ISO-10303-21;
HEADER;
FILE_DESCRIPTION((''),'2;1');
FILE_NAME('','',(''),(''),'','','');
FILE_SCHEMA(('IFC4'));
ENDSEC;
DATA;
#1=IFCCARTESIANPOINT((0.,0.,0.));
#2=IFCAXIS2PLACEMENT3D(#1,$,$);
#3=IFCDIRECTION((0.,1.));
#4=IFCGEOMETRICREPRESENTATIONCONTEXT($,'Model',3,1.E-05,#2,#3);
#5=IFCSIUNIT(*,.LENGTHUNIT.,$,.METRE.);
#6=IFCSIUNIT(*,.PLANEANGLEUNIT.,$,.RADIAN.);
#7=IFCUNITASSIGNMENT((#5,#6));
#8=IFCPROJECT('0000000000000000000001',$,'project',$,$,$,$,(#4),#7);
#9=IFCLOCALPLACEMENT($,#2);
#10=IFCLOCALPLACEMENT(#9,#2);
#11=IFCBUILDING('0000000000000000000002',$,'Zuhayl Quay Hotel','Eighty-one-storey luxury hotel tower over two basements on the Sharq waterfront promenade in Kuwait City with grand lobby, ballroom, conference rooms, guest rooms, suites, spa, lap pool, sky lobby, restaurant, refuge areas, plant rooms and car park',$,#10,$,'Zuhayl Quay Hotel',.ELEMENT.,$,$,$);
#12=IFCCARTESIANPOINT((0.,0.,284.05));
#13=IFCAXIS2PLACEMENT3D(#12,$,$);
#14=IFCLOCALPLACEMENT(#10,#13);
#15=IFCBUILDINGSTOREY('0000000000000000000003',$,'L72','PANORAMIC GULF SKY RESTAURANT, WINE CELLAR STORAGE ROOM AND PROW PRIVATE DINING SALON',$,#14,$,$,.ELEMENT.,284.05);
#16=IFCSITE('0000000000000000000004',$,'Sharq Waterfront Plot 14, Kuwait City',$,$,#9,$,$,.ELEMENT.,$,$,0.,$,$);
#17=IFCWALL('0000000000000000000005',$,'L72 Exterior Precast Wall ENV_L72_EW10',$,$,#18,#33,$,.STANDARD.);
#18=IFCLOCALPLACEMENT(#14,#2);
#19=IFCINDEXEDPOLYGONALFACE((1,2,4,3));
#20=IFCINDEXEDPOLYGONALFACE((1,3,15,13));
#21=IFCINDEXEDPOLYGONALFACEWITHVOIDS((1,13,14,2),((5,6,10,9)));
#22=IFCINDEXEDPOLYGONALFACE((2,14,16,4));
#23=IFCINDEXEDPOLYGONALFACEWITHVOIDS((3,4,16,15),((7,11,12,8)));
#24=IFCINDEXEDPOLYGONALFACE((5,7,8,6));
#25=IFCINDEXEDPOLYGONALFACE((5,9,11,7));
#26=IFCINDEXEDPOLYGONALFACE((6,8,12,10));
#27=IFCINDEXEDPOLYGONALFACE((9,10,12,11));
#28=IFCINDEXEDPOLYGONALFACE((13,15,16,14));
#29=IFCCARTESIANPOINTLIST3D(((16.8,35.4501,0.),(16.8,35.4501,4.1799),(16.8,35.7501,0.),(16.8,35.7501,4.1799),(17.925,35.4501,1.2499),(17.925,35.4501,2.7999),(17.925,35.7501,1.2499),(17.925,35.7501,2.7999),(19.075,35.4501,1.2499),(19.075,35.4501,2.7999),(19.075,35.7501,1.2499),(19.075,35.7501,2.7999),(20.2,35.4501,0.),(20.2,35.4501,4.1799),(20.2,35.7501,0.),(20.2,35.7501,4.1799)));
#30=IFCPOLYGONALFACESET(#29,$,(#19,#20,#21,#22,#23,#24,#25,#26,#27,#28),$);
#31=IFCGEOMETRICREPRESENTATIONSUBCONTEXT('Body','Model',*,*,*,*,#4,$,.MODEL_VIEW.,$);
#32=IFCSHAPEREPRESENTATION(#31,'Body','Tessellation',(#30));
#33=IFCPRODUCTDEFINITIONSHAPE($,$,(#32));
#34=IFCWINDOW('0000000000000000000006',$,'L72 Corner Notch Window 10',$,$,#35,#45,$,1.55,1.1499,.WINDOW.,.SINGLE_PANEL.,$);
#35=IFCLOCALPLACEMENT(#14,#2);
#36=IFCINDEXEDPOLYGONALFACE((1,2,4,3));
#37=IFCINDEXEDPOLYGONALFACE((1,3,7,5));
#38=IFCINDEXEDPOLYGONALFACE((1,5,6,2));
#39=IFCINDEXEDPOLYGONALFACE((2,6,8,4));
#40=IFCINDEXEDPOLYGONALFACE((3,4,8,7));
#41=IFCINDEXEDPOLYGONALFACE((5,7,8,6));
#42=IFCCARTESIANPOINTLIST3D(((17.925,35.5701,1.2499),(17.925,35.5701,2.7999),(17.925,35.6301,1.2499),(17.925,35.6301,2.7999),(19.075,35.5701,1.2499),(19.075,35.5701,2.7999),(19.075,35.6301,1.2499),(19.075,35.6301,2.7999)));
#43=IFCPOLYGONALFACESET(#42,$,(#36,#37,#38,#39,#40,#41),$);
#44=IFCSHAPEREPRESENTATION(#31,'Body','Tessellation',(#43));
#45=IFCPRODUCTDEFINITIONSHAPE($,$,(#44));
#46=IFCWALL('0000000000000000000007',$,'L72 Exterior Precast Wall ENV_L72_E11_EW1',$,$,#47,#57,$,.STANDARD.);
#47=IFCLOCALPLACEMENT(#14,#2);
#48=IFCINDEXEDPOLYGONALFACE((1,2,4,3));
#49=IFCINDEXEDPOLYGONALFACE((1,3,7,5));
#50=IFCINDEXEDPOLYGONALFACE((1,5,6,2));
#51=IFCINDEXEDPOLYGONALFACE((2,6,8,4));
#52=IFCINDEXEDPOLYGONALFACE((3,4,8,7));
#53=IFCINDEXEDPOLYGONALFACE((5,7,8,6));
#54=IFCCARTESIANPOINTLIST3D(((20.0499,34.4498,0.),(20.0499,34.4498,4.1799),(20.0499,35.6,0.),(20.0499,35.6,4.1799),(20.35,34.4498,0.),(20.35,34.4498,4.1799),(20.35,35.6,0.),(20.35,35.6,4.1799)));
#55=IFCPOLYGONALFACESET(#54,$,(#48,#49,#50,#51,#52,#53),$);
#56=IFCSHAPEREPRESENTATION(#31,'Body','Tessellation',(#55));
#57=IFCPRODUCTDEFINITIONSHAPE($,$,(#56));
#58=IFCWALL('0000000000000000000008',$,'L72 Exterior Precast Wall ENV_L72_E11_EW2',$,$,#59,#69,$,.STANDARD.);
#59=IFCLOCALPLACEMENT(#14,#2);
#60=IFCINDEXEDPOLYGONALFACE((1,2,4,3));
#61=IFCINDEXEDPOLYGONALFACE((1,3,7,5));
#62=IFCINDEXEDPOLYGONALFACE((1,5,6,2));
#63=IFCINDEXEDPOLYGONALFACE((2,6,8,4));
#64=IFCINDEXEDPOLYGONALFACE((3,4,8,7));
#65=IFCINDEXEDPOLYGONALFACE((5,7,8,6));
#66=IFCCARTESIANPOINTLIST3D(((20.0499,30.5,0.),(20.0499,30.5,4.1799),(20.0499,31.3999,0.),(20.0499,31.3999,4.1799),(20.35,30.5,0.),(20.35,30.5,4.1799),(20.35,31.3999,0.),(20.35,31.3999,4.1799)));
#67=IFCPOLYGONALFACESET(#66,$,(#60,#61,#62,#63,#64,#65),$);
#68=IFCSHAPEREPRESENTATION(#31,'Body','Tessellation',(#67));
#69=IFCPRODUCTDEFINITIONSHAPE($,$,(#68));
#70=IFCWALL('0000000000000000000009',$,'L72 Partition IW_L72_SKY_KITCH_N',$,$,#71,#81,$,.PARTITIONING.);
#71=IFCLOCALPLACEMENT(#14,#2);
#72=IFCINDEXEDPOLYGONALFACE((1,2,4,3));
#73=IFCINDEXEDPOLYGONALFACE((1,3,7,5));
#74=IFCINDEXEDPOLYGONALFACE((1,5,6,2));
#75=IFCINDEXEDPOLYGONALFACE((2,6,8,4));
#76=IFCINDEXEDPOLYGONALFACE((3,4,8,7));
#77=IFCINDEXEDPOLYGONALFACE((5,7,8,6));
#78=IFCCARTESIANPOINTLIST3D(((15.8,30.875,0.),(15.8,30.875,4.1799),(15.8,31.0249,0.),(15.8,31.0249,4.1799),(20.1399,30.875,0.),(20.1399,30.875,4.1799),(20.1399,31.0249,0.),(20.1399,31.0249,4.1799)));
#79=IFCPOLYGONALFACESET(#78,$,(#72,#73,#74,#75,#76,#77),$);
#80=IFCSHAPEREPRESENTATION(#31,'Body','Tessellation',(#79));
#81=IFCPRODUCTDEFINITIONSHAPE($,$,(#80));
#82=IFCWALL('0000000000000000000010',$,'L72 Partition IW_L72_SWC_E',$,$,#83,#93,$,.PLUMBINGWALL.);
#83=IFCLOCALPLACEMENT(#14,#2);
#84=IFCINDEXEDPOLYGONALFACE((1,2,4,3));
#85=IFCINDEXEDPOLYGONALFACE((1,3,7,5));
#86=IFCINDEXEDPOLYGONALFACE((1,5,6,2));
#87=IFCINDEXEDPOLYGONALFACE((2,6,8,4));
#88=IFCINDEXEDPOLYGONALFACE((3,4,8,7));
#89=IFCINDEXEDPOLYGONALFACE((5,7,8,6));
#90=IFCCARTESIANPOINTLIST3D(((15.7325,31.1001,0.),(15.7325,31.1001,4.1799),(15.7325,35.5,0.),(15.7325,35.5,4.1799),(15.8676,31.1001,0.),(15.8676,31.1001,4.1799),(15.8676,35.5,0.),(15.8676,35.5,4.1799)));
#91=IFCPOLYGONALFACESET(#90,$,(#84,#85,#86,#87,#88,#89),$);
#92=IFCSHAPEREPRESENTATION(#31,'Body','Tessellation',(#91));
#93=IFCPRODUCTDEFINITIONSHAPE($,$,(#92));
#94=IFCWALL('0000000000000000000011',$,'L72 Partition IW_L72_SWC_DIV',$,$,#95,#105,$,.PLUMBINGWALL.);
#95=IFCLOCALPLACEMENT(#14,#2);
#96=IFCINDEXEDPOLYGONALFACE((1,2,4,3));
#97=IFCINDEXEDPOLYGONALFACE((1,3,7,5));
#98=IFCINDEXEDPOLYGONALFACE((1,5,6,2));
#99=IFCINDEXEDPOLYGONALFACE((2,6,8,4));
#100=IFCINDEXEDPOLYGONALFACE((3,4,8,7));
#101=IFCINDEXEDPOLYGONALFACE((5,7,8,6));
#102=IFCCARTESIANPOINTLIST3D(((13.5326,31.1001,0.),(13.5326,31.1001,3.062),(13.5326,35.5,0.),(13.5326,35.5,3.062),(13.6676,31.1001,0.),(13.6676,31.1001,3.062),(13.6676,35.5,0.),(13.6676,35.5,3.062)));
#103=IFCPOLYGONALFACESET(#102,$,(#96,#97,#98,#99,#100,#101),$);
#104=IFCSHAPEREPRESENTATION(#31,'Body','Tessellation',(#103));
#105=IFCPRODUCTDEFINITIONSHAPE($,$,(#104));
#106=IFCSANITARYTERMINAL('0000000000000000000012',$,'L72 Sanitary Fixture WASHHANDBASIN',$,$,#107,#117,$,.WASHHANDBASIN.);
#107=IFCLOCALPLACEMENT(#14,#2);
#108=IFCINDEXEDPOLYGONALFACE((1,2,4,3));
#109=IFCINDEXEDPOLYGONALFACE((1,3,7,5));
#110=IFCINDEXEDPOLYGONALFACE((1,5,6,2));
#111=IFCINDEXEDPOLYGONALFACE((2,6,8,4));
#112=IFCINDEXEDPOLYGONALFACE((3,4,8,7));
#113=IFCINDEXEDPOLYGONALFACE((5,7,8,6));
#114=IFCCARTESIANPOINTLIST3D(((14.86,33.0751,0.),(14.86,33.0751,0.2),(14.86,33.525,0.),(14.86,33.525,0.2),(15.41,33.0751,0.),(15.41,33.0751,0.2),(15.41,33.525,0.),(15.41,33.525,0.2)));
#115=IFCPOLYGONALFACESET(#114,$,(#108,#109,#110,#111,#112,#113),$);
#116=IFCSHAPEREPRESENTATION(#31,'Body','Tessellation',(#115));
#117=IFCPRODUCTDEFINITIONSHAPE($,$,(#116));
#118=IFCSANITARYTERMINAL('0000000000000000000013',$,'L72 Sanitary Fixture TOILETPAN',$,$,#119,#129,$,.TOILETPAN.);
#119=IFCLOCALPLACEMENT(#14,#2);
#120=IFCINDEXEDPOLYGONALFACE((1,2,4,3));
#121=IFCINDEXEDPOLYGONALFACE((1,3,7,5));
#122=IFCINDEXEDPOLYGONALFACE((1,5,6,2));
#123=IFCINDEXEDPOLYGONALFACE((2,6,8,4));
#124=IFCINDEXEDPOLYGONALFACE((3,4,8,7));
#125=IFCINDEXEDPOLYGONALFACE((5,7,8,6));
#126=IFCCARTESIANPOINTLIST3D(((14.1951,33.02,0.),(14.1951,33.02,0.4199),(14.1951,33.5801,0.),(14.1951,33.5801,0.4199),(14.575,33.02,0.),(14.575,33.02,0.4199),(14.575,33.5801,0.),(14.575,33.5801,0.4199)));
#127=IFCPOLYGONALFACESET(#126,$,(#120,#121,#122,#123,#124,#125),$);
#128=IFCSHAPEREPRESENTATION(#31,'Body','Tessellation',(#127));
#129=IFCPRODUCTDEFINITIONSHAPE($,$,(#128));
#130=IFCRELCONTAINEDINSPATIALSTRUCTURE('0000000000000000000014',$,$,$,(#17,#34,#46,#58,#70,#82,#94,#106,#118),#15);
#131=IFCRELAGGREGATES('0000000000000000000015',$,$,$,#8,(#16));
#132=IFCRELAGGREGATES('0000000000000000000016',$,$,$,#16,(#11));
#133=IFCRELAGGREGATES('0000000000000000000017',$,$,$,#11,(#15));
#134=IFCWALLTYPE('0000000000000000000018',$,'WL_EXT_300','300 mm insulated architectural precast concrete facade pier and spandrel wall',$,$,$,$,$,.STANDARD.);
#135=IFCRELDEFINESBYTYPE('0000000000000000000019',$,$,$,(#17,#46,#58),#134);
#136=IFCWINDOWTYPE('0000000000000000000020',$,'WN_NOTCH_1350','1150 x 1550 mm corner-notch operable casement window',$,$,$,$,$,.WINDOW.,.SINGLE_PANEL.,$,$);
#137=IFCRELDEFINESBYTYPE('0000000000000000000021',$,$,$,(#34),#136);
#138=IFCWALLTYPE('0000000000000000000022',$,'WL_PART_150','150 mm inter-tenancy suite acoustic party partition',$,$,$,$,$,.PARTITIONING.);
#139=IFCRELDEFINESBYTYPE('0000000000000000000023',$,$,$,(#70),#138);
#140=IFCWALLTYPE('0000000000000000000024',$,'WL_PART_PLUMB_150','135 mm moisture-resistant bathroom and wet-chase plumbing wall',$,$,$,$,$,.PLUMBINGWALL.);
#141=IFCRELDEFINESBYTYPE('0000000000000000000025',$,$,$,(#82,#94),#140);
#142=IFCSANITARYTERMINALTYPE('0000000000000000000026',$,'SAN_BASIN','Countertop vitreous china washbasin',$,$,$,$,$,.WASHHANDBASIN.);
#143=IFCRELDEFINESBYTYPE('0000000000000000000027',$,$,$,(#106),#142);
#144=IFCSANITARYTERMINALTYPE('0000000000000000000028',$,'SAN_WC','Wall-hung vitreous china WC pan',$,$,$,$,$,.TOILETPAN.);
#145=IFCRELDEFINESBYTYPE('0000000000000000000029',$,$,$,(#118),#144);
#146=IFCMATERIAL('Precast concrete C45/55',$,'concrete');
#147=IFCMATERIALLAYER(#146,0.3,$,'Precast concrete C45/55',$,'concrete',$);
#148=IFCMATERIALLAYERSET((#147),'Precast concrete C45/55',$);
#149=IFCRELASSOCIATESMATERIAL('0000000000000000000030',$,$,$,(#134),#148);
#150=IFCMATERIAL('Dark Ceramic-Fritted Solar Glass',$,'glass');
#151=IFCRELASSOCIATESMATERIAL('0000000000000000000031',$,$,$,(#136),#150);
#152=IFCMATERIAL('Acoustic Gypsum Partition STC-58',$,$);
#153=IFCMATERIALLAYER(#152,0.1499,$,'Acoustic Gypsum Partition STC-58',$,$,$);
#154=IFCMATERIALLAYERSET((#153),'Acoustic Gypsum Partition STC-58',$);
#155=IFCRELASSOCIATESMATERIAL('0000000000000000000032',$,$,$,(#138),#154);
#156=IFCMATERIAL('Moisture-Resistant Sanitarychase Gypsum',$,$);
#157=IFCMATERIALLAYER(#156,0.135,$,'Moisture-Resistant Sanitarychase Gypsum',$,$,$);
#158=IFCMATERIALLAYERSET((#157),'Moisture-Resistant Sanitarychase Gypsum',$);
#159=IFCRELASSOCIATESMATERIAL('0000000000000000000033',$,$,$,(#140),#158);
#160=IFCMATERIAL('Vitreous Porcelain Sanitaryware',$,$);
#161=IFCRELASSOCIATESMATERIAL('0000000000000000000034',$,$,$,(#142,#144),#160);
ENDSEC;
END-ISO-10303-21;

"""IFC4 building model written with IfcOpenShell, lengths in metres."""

from ifc_helpers import new_model, si_unit, direction, frame, frame_2d, origin, origin_2d, place, context, subcontext, project, spatial, rectangle, extrude, material, layer, layer_set, type_object, element, fill, save


model = new_model("IFC4")

# Units and contexts
model_context = context("Model", 3, precision=1e-05, world=origin(), true_north=direction((0.0, 1.0)))
body_context = subcontext(model_context, "Body", "Model", "MODEL_VIEW")
ifc_project = project(units=[si_unit("LENGTHUNIT", "METRE"), si_unit("PLANEANGLEUNIT", "RADIAN")], contexts=[model_context])

# Site, building, storey
site_placement = place(None, origin())
site = spatial("IfcSite", under=ifc_project, at=site_placement, Name="Sharq Waterfront Plot 14, Kuwait City", CompositionType="ELEMENT", RefElevation=0.0)
building_placement = place(site_placement, origin())
building = spatial("IfcBuilding", under=site, at=building_placement, Name="Zuhayl Quay Hotel", Description="Eighty-one-storey luxury hotel tower over two basements on the Sharq waterfront promenade in Kuwait City with grand lobby, ballroom, conference rooms, guest rooms, suites, spa, lap pool, sky lobby, restaurant, refuge areas, plant rooms and car park", LongName="Zuhayl Quay Hotel", CompositionType="ELEMENT")
storey_placement = place(building_placement, frame((0.0, 0.0, 284.05)))
storey = spatial("IfcBuildingStorey", under=building, at=storey_placement, Name="L72", Description="PANORAMIC GULF SKY RESTAURANT, WINE CELLAR STORAGE ROOM AND PROW PRIVATE DINING SALON", CompositionType="ELEMENT", Elevation=284.05)

# Shared definitions
ifc_material_1 = material(Name="Dark Ceramic-Fritted Solar Glass", Category="glass")

# Wall, opening, window
ifc_material_2 = material(Name="Precast concrete C45/55", Category="concrete")
ifc_layer_1 = layer(ifc_material_2, 0.3, Name="Precast concrete C45/55", Category="concrete")
ifc_layer_set_1 = layer_set([ifc_layer_1], Name="Precast concrete C45/55")
wall_type_1 = type_object("IfcWallType", Name="WL_EXT_300", Description="300 mm insulated architectural precast concrete facade pier and spandrel wall", PredefinedType="STANDARD", material=ifc_layer_set_1)
window_type = type_object("IfcWindowType", Name="WN_NOTCH_1350", Description="1150 x 1550 mm corner-notch operable casement window", PartitioningType="SINGLE_PANEL", PredefinedType="WINDOW", material=ifc_material_1)
wall_1_placement = place(storey_placement, frame((16.8, 35.6001, 0.0), z_axis=(0.0, 0.0, 1.0), x_axis=(1.0, 0.0, 0.0)))
wall_1 = element("IfcWall", 1, at=wall_1_placement, inside=storey, type_object=wall_type_1, Name="L72 Exterior Precast Wall ENV_L72_EW10", PredefinedType="STANDARD", context=body_context, shape_type="SweptSolid", body=[
    extrude(rectangle(XDim=3.3999, YDim=0.3, at=frame_2d((1.7, 0.0))), origin(), (0.0, 0.0, 1.0), 4.1799),
])
opening_1_placement = place(wall_1_placement, frame((1.125, 0.0, 1.25)))
opening_1 = element("IfcOpeningElement", 2, at=opening_1_placement, cuts=wall_1, PredefinedType="OPENING", context=body_context, shape_type="SweptSolid", body=[
    extrude(rectangle(XDim=1.1499, YDim=1.55, at=frame_2d((0.575, 0.7749))), frame((0.0, 0.1599, 0.0), z_axis=(0.0, -1.0, 0.0), x_axis=(1.0, 0.0, 0.0)), (0.0, 0.0, 1.0), 0.3201),
])
window_1_placement = place(opening_1_placement, origin())
window_1 = element("IfcWindow", 3, at=window_1_placement, inside=storey, type_object=window_type, Name="L72 Corner Notch Window 10", OverallHeight=1.55, OverallWidth=1.1499, PartitioningType="SINGLE_PANEL", PredefinedType="WINDOW", context=body_context, shape_type="SweptSolid", body=[
    extrude(rectangle(XDim=1.1499, YDim=1.55, at=frame_2d((0.575, 0.7749))), frame((0.0, 0.03, 0.0), z_axis=(0.0, -1.0, 0.0), x_axis=(1.0, 0.0, 0.0)), (0.0, 0.0, 1.0), 0.0601),
])
fill(opening_1, window_1)

# Walls
wall_2_placement = place(storey_placement, frame((20.2, 35.6001, 0.0), z_axis=(0.0, 0.0, 1.0), x_axis=(0.0, -1.0, 0.0)))
element("IfcWall", 4, at=wall_2_placement, inside=storey, type_object=wall_type_1, Name="L72 Exterior Precast Wall ENV_L72_E11_EW1", PredefinedType="STANDARD", context=body_context, shape_type="SweptSolid", body=[
    extrude(rectangle(XDim=1.1501, YDim=0.3, at=frame_2d((0.5752, 0.0))), origin(), (0.0, 0.0, 1.0), 4.1799),
])
wall_3_placement = place(storey_placement, frame((20.2, 31.3999, 0.0), z_axis=(0.0, 0.0, 1.0), x_axis=(0.0, -1.0, 0.0)))
element("IfcWall", 5, at=wall_3_placement, inside=storey, type_object=wall_type_1, Name="L72 Exterior Precast Wall ENV_L72_E11_EW2", PredefinedType="STANDARD", context=body_context, shape_type="SweptSolid", body=[
    extrude(rectangle(XDim=0.8999, YDim=0.3, at=frame_2d((0.45, 0.0))), origin(), (0.0, 0.0, 1.0), 4.1799),
])
ifc_material_3 = material(Name="Acoustic Gypsum Partition STC-58")
ifc_layer_2 = layer(ifc_material_3, 0.1499, Name="Acoustic Gypsum Partition STC-58")
ifc_layer_set_2 = layer_set([ifc_layer_2], Name="Acoustic Gypsum Partition STC-58")
wall_type_2 = type_object("IfcWallType", Name="WL_PART_150", Description="150 mm inter-tenancy suite acoustic party partition", PredefinedType="PARTITIONING", material=ifc_layer_set_2)
wall_4_placement = place(storey_placement, frame((15.8, 30.95, 0.0), z_axis=(0.0, 0.0, 1.0), x_axis=(1.0, 0.0, 0.0)))
element("IfcWall", 6, at=wall_4_placement, inside=storey, type_object=wall_type_2, Name="L72 Partition IW_L72_SKY_KITCH_N", PredefinedType="PARTITIONING", context=body_context, shape_type="SweptSolid", body=[
    extrude(rectangle(XDim=4.3398, YDim=0.1499, at=frame_2d((2.1699, 0.0))), origin(), (0.0, 0.0, 1.0), 4.1799),
])

# Shared definitions
ifc_material_4 = material(Name="Moisture-Resistant Sanitarychase Gypsum")
ifc_layer_3 = layer(ifc_material_4, 0.135, Name="Moisture-Resistant Sanitarychase Gypsum")
ifc_layer_set_3 = layer_set([ifc_layer_3], Name="Moisture-Resistant Sanitarychase Gypsum")
wall_type_3 = type_object("IfcWallType", Name="WL_PART_PLUMB_150", Description="135 mm moisture-resistant bathroom and wet-chase plumbing wall", PredefinedType="PLUMBINGWALL", material=ifc_layer_set_3)

# Walls
wall_5_placement = place(storey_placement, frame((15.8, 31.1001, 0.0), z_axis=(0.0, 0.0, 1.0), x_axis=(0.0, 1.0, 0.0)))
element("IfcWall", 7, at=wall_5_placement, inside=storey, type_object=wall_type_3, Name="L72 Partition IW_L72_SWC_E", PredefinedType="PLUMBINGWALL", context=body_context, shape_type="SweptSolid", body=[
    extrude(rectangle(XDim=4.3999, YDim=0.135, at=frame_2d((2.2, 0.0))), origin(), (0.0, 0.0, 1.0), 4.1799),
])
wall_6_placement = place(storey_placement, frame((13.6001, 31.1001, 0.0), z_axis=(0.0, 0.0, 1.0), x_axis=(0.0, 1.0, 0.0)))
element("IfcWall", 8, at=wall_6_placement, inside=storey, type_object=wall_type_3, Name="L72 Partition IW_L72_SWC_DIV", PredefinedType="PLUMBINGWALL", context=body_context, shape_type="SweptSolid", body=[
    extrude(rectangle(XDim=4.3999, YDim=0.135, at=frame_2d((2.2, 0.0))), origin(), (0.0, 0.0, 1.0), 3.062),
])

# Sanitary terminals
ifc_material_5 = material(Name="Vitreous Porcelain Sanitaryware")
sanitary_terminal_type_1 = type_object("IfcSanitaryTerminalType", Name="SAN_BASIN", Description="Countertop vitreous china washbasin", PredefinedType="WASHHANDBASIN", material=ifc_material_5)
sanitary_terminal_1_placement = place(storey_placement, frame((15.135, 33.3, 0.0), z_axis=(0.0, 0.0, 1.0), x_axis=(1.0, 0.0, 0.0)))
element("IfcSanitaryTerminal", 9, at=sanitary_terminal_1_placement, inside=storey, type_object=sanitary_terminal_type_1, Name="L72 Sanitary Fixture WASHHANDBASIN", PredefinedType="WASHHANDBASIN", context=body_context, shape_type="SweptSolid", body=[
    extrude(rectangle(XDim=0.55, YDim=0.45, at=origin_2d()), origin(), (0.0, 0.0, 1.0), 0.2),
])
sanitary_terminal_type_2 = type_object("IfcSanitaryTerminalType", Name="SAN_WC", Description="Wall-hung vitreous china WC pan", PredefinedType="TOILETPAN", material=ifc_material_5)
sanitary_terminal_2_placement = place(storey_placement, frame((14.385, 33.3, 0.0), z_axis=(0.0, 0.0, 1.0), x_axis=(1.0, 0.0, 0.0)))
element("IfcSanitaryTerminal", 10, at=sanitary_terminal_2_placement, inside=storey, type_object=sanitary_terminal_type_2, Name="L72 Sanitary Fixture TOILETPAN", PredefinedType="TOILETPAN", context=body_context, shape_type="SweptSolid", body=[
    extrude(rectangle(XDim=0.3799, YDim=0.5601, at=origin_2d()), origin(), (0.0, 0.0, 1.0), 0.4199),
])

save(model, "model.ifc")
